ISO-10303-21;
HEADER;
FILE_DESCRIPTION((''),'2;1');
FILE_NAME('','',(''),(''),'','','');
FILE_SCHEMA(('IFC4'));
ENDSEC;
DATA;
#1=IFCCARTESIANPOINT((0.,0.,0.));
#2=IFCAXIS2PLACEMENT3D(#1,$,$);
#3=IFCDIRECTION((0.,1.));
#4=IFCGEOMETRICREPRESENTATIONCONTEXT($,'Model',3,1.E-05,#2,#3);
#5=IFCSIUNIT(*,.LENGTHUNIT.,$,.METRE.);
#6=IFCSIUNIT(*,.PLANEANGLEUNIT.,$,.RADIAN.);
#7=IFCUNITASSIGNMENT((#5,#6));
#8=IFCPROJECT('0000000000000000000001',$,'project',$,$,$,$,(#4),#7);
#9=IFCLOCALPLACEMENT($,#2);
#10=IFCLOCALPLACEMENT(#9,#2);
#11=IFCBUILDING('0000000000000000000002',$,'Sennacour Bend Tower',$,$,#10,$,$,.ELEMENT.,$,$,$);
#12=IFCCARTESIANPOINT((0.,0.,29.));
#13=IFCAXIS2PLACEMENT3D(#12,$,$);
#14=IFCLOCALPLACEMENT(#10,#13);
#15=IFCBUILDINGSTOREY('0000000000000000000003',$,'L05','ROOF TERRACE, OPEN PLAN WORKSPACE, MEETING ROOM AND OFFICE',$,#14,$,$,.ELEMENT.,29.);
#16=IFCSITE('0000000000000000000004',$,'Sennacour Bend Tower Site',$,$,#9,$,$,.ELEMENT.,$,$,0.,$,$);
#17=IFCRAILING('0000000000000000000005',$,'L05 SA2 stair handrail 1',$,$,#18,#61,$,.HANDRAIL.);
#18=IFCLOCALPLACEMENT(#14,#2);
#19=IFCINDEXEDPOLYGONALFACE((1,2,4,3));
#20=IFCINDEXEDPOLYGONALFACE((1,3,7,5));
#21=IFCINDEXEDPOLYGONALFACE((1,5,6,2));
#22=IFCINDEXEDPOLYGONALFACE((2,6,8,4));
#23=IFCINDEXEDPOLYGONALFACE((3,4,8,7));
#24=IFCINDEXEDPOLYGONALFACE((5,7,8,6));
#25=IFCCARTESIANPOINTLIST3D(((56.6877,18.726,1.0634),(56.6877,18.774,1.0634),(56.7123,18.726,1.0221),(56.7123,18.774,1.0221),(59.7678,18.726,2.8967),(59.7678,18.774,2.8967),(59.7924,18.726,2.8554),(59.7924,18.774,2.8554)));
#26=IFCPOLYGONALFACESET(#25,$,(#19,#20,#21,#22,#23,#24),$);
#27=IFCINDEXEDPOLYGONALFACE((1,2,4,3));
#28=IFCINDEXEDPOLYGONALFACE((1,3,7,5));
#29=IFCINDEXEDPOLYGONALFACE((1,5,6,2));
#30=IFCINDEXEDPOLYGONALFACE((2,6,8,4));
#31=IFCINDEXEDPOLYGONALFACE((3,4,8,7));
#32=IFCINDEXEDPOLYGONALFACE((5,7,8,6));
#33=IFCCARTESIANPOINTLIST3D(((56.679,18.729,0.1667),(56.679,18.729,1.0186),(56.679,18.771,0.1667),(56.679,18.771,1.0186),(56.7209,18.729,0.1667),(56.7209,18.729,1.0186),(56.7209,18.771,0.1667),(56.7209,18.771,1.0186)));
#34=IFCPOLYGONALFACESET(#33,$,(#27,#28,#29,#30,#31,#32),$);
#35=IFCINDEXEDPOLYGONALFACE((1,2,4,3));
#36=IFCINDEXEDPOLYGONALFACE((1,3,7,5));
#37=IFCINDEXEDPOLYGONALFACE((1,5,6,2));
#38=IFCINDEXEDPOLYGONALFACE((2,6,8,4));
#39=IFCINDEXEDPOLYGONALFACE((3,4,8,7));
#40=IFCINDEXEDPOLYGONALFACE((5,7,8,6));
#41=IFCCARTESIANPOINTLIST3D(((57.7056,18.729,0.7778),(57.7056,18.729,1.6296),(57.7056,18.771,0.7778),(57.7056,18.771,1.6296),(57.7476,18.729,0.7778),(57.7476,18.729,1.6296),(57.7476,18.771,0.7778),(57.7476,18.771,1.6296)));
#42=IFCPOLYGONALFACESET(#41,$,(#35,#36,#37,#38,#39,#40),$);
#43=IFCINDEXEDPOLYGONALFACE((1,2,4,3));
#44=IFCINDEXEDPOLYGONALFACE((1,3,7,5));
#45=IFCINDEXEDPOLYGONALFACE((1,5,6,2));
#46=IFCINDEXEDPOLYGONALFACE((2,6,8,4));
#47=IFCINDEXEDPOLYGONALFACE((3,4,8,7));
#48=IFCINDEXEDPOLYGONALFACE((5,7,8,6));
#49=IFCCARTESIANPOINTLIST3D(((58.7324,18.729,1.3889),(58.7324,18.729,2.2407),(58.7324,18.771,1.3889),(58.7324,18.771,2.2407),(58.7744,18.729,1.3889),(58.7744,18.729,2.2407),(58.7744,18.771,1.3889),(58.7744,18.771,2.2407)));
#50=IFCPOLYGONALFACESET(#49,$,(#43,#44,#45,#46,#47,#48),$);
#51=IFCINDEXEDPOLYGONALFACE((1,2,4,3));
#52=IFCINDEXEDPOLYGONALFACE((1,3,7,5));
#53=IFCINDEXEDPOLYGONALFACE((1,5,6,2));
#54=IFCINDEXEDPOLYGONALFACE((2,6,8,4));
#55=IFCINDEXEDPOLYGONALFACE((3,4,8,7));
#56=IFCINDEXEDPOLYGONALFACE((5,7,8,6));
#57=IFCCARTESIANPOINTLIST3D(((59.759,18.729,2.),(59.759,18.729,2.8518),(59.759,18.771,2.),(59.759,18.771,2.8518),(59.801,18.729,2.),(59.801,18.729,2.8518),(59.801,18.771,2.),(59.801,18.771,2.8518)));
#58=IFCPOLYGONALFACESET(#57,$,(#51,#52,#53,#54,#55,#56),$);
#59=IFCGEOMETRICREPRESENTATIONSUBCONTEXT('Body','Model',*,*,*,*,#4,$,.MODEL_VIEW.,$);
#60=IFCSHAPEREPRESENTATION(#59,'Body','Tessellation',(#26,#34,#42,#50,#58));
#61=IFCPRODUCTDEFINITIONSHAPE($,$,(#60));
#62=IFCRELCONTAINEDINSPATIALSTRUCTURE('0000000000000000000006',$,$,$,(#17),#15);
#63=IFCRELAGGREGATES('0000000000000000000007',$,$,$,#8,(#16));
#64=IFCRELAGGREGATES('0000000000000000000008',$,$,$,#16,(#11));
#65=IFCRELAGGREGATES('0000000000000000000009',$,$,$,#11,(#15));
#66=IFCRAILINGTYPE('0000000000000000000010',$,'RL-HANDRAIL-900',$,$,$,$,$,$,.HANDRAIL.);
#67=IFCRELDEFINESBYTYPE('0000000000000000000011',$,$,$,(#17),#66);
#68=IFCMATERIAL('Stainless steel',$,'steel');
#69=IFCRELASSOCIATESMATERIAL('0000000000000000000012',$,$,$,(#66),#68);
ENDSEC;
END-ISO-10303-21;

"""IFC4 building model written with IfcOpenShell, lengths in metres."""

from ifc_helpers import new_model, si_unit, direction, frame, origin, origin_2d, place, context, subcontext, project, spatial, rectangle, extrude, material, type_object, element, save


model = new_model("IFC4")

# Units and contexts
model_context = context("Model", 3, precision=1e-05, world=origin(), true_north=direction((0.0, 1.0)))
body_context = subcontext(model_context, "Body", "Model", "MODEL_VIEW")
ifc_project = project(units=[si_unit("LENGTHUNIT", "METRE"), si_unit("PLANEANGLEUNIT", "RADIAN")], contexts=[model_context])

# Site, building, storey
site_placement = place(None, origin())
site = spatial("IfcSite", under=ifc_project, at=site_placement, Name="Sennacour Bend Tower Site", CompositionType="ELEMENT", RefElevation=0.0)
building_placement = place(site_placement, origin())
building = spatial("IfcBuilding", under=site, at=building_placement, Name="Sennacour Bend Tower", CompositionType="ELEMENT")
storey_placement = place(building_placement, frame((0.0, 0.0, 29.0)))
storey = spatial("IfcBuildingStorey", under=building, at=storey_placement, Name="L05", Description="ROOF TERRACE, OPEN PLAN WORKSPACE, MEETING ROOM AND OFFICE", CompositionType="ELEMENT", Elevation=29.0)

# Shared definitions
ifc_material_1 = material(Name="Stainless steel", Category="steel")

# Railing
railing_type_1 = type_object("IfcRailingType", Name="RL-HANDRAIL-900", PredefinedType="HANDRAIL", material=ifc_material_1)
railing_1_placement = place(storey_placement, frame((56.7, 18.75, 0.1667)))
element("IfcRailing", 1, at=railing_1_placement, inside=storey, type_object=railing_type_1, Name="L05 SA2 stair handrail 1", PredefinedType="HANDRAIL", context=body_context, shape_type="SweptSolid", body=[
    extrude(rectangle(XDim=0.0481, YDim=0.0481, at=origin_2d()), frame((0.0, 0.0, 0.876), z_axis=(0.859309, 0.0, 0.511458), x_axis=(0.0, 1.0, 0.0)), (0.0, 0.0, 1.0), 3.5845),
    extrude(rectangle(XDim=0.042, YDim=0.042, at=origin_2d()), origin(), (0.0, 0.0, 1.0), 0.8518),
    extrude(rectangle(XDim=0.042, YDim=0.042, at=origin_2d()), frame((1.0266, 0.0, 0.6111)), (0.0, 0.0, 1.0), 0.8518),
    extrude(rectangle(XDim=0.042, YDim=0.042, at=origin_2d()), frame((2.0535, 0.0, 1.2222)), (0.0, 0.0, 1.0), 0.8518),
    extrude(rectangle(XDim=0.042, YDim=0.042, at=origin_2d()), frame((3.0801, 0.0, 1.8333)), (0.0, 0.0, 1.0), 0.8518),
])

save(model, "model.ifc")
